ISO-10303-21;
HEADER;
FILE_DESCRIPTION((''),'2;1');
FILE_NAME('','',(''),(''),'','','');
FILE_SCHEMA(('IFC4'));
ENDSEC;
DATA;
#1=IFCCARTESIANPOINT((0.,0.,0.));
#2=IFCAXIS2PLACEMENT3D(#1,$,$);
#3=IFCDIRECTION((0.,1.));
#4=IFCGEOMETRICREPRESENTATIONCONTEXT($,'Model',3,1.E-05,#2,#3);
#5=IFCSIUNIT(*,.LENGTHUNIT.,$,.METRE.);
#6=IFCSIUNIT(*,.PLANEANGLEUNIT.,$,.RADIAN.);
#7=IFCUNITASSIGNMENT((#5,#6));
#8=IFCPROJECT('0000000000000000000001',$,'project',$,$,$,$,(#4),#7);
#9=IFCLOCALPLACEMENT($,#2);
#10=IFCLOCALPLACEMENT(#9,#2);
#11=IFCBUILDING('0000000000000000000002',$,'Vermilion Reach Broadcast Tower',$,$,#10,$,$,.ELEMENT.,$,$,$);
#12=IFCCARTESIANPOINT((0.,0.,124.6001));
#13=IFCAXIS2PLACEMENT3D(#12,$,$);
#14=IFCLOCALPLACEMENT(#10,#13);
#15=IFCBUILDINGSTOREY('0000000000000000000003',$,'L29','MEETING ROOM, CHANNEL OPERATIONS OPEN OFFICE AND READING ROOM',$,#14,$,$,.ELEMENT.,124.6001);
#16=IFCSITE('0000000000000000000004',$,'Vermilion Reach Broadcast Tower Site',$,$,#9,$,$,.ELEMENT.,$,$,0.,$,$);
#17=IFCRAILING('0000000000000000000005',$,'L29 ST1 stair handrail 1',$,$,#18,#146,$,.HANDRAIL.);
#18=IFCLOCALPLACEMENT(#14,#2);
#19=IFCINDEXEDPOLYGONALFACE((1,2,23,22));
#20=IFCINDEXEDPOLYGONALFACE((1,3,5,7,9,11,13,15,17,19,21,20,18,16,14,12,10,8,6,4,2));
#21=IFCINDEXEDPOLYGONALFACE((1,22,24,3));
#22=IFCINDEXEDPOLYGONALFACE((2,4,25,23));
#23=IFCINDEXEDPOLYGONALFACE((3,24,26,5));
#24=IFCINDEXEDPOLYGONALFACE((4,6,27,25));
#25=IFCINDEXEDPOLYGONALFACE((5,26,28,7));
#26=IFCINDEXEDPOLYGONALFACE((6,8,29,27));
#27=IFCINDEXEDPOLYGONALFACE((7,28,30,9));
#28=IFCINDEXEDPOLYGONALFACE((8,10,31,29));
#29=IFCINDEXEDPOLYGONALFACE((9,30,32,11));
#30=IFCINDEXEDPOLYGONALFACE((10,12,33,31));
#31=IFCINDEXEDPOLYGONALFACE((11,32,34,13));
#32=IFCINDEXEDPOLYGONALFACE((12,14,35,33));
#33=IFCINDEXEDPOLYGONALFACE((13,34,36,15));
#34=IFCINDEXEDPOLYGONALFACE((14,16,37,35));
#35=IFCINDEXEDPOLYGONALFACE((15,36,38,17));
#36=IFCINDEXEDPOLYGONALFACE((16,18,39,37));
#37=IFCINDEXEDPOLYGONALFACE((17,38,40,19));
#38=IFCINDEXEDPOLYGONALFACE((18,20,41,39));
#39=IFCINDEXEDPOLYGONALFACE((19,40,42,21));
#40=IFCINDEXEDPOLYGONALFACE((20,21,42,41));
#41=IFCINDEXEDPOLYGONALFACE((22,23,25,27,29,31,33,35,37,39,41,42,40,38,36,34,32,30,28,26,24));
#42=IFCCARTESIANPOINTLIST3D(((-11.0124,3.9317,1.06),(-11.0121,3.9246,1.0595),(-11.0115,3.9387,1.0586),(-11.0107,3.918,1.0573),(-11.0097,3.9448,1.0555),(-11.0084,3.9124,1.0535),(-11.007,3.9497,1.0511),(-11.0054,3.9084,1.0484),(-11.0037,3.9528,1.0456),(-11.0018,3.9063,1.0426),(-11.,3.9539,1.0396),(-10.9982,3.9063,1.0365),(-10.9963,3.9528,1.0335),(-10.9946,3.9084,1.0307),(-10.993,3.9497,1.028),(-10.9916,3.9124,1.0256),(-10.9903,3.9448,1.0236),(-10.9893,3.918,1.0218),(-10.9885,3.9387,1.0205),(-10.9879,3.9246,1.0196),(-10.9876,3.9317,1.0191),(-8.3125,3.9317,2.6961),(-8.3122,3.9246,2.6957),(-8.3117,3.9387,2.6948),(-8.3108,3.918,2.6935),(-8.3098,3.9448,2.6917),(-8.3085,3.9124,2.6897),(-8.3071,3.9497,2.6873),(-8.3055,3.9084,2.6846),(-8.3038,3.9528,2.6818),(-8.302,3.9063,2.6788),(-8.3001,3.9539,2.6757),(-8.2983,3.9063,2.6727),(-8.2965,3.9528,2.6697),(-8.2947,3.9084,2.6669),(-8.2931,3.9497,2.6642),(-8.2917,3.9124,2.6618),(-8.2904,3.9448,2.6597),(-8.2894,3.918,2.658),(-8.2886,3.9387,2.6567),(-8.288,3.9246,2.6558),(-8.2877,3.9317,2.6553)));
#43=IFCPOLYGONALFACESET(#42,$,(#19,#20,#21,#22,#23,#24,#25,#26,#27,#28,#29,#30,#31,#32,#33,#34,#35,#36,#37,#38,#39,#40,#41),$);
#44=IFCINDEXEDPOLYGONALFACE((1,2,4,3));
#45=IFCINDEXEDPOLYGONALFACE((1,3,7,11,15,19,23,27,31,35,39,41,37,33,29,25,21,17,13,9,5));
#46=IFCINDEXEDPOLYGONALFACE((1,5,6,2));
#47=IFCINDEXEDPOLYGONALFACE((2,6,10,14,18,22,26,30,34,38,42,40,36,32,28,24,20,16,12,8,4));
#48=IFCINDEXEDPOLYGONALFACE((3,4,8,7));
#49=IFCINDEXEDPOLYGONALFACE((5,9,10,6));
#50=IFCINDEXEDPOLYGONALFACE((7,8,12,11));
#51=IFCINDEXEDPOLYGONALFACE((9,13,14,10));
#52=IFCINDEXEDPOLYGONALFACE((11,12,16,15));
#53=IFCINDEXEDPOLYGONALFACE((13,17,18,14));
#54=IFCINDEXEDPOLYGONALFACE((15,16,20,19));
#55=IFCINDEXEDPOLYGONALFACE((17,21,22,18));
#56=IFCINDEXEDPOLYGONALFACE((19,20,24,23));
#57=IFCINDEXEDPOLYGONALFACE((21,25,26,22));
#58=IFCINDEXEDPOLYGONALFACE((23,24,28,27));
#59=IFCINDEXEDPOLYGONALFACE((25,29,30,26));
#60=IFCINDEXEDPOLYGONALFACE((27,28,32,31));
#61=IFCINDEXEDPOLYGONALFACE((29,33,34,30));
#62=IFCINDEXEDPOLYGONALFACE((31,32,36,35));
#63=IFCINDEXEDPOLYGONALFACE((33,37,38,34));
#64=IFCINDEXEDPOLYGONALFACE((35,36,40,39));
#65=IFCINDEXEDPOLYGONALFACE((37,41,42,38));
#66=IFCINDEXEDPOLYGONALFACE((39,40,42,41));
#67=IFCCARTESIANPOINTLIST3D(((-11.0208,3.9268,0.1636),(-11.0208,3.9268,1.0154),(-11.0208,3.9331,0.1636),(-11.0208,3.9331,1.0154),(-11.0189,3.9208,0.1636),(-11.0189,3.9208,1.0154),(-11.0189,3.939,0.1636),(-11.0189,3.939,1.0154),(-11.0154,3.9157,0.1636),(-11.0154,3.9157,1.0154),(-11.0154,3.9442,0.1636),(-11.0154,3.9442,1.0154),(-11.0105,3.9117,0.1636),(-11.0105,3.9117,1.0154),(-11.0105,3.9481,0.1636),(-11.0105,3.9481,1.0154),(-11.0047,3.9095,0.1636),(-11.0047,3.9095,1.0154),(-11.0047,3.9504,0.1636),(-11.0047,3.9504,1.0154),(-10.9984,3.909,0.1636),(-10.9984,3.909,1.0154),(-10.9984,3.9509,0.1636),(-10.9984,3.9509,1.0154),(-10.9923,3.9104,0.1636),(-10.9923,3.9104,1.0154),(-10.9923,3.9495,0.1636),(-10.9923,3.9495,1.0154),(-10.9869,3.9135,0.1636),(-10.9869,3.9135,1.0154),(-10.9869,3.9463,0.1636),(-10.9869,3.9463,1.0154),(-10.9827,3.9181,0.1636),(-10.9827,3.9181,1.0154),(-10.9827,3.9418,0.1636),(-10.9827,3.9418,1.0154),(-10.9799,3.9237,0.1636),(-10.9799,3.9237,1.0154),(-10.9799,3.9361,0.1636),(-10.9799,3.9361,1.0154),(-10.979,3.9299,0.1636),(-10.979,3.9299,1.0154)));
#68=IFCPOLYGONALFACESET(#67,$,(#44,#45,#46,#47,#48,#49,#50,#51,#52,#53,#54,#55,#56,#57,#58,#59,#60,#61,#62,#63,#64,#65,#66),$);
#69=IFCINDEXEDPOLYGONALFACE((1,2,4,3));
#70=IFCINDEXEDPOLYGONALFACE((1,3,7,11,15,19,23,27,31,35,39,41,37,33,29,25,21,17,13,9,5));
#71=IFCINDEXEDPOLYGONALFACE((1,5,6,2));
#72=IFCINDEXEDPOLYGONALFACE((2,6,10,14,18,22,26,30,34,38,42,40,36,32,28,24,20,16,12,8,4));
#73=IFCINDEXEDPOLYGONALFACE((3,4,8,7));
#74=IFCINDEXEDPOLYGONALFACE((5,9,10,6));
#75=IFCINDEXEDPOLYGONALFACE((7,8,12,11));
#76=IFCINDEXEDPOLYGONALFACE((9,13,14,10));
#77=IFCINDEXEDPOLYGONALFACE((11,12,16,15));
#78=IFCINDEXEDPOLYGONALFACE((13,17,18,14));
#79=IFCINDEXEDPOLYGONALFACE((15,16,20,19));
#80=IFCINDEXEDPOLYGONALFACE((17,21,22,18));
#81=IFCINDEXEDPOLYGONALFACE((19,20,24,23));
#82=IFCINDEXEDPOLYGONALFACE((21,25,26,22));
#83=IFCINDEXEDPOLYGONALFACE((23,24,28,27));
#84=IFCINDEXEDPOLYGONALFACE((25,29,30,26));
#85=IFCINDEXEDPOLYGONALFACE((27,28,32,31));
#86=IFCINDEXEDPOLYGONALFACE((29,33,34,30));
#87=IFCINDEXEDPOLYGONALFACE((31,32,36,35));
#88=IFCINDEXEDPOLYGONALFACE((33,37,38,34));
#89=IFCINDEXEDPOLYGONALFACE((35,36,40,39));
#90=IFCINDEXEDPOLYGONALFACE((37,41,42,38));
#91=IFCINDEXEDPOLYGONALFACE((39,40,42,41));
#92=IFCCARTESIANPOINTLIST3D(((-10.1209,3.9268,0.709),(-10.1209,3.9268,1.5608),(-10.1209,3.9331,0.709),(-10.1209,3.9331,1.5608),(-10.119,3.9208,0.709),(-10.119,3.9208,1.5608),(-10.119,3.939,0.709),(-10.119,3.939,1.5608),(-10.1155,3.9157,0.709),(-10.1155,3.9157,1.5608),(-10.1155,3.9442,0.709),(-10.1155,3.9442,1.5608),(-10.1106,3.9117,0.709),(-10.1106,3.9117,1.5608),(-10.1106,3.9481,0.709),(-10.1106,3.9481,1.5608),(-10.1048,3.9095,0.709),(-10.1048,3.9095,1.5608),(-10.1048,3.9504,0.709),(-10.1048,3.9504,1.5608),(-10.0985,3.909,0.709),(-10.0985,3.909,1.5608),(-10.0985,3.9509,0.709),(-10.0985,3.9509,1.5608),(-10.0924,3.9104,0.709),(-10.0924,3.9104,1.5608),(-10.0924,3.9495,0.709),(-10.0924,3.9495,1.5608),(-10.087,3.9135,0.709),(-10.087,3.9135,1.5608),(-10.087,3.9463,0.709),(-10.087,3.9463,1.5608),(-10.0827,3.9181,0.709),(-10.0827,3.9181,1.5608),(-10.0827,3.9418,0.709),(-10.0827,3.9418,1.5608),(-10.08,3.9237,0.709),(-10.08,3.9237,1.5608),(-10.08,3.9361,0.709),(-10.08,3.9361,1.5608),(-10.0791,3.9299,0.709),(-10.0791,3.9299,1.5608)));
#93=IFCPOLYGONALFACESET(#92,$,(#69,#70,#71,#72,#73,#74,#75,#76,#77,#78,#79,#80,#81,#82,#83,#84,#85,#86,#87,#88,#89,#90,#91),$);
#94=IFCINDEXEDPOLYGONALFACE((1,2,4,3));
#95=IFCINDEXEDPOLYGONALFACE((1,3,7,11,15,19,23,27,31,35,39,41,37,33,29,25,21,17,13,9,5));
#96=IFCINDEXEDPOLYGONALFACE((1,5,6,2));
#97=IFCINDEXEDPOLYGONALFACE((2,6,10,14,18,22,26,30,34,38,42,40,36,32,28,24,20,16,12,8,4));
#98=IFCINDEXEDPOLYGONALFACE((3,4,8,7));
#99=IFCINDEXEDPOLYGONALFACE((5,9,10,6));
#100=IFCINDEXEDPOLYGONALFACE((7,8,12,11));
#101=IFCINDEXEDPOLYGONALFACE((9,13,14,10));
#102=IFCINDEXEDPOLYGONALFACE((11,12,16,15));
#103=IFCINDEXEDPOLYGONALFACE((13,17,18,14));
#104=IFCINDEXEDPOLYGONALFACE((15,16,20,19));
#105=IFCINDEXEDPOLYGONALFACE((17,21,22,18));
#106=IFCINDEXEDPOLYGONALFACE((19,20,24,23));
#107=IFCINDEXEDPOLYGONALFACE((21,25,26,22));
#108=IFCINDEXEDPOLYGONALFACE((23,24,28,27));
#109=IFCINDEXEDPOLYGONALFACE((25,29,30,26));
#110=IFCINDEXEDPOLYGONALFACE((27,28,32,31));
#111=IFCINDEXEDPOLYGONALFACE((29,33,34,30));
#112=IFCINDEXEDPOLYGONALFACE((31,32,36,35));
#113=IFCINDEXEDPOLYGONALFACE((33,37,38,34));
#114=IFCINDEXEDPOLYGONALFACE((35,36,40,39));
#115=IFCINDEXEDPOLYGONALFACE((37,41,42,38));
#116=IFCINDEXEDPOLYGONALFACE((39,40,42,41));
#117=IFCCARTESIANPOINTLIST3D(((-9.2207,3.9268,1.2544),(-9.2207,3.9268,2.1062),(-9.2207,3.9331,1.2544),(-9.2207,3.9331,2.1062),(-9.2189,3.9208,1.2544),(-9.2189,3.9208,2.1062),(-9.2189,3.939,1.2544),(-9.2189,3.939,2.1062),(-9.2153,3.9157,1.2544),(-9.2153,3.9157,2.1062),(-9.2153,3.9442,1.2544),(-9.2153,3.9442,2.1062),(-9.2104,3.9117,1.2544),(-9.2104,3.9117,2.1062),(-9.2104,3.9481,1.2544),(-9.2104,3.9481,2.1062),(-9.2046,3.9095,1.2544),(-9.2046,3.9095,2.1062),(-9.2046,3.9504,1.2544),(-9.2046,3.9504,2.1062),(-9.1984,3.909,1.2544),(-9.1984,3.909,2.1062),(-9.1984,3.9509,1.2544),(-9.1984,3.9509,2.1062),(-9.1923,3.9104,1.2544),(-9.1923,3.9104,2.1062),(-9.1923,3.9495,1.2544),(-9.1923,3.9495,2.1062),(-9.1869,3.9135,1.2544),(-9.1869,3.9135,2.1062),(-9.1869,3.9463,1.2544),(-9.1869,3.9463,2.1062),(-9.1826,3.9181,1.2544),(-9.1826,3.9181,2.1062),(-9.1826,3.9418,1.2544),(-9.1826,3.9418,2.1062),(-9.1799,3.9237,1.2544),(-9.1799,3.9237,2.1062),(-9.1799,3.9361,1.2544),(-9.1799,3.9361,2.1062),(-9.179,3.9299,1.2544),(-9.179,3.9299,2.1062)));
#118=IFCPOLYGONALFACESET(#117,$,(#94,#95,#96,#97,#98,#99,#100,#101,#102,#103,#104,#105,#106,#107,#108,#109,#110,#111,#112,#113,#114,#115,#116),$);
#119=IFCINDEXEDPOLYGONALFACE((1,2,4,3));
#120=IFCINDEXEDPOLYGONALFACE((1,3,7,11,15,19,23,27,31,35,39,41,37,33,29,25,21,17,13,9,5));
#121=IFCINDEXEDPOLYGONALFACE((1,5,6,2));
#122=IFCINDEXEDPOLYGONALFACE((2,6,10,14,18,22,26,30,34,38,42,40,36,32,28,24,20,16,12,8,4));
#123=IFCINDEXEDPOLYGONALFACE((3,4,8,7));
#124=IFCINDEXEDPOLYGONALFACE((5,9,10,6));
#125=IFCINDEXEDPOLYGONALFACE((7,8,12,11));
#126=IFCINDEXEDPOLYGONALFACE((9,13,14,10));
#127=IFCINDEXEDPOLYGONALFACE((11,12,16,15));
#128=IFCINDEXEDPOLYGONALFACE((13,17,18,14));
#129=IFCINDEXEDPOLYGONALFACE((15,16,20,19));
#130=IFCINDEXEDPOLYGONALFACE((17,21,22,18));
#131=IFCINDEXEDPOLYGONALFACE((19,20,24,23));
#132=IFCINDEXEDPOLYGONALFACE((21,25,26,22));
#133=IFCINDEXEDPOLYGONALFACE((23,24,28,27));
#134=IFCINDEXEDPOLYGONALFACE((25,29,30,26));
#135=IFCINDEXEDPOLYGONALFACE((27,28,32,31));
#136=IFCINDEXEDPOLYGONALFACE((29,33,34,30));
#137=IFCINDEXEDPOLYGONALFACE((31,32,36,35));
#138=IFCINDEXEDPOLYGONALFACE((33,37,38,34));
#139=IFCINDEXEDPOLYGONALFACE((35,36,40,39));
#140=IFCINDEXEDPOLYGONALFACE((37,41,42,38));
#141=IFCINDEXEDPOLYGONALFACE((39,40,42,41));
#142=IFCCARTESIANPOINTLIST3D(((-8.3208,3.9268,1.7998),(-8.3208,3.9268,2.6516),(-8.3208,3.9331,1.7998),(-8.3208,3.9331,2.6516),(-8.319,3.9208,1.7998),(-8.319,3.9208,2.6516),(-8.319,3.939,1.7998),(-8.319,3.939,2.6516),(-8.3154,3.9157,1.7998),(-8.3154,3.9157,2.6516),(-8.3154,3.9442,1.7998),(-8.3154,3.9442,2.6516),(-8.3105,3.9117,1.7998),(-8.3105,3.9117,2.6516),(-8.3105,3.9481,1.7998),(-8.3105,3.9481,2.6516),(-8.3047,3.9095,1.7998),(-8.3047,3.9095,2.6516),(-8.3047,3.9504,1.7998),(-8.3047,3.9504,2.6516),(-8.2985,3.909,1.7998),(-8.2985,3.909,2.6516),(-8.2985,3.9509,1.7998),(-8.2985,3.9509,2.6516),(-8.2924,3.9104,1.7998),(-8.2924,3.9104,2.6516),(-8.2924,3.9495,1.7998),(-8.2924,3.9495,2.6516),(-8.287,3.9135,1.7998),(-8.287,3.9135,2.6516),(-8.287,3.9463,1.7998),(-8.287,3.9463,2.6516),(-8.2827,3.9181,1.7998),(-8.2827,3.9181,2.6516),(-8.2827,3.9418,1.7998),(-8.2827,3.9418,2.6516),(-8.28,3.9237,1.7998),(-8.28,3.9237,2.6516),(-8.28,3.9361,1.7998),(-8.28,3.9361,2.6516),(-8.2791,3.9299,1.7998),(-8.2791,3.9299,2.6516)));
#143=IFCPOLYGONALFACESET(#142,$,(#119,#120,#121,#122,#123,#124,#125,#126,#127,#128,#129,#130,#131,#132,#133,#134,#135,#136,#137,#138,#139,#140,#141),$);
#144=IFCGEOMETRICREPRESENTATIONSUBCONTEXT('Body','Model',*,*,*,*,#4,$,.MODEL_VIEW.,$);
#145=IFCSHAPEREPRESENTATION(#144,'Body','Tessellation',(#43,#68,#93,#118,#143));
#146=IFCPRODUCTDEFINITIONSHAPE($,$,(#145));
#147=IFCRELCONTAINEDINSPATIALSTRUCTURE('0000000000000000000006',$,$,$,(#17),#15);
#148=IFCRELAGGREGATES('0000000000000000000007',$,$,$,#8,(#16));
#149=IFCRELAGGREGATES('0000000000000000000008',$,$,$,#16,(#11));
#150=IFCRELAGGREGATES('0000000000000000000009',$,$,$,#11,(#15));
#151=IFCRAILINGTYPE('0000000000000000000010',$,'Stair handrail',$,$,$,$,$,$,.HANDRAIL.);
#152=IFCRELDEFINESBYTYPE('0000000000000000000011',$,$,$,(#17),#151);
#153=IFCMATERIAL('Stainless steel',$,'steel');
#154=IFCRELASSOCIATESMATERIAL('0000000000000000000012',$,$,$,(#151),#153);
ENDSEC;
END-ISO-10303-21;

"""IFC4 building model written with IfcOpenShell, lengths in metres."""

from ifc_helpers import new_model, si_unit, direction, frame, origin, origin_2d, place, context, subcontext, project, spatial, circle, extrude, material, type_object, element, save


model = new_model("IFC4")

# Units and contexts
model_context = context("Model", 3, precision=1e-05, world=origin(), true_north=direction((0.0, 1.0)))
body_context = subcontext(model_context, "Body", "Model", "MODEL_VIEW")
ifc_project = project(units=[si_unit("LENGTHUNIT", "METRE"), si_unit("PLANEANGLEUNIT", "RADIAN")], contexts=[model_context])

# Site, building, storey
site_placement = place(None, origin())
site = spatial("IfcSite", under=ifc_project, at=site_placement, Name="Vermilion Reach Broadcast Tower Site", CompositionType="ELEMENT", RefElevation=0.0)
building_placement = place(site_placement, origin())
building = spatial("IfcBuilding", under=site, at=building_placement, Name="Vermilion Reach Broadcast Tower", CompositionType="ELEMENT")
storey_placement = place(building_placement, frame((0.0, 0.0, 124.6001)))
storey = spatial("IfcBuildingStorey", under=building, at=storey_placement, Name="L29", Description="MEETING ROOM, CHANNEL OPERATIONS OPEN OFFICE AND READING ROOM", CompositionType="ELEMENT", Elevation=124.6001)

# Railing
ifc_material_1 = material(Name="Stainless steel", Category="steel")
railing_type_1 = type_object("IfcRailingType", Name="Stair handrail", PredefinedType="HANDRAIL", material=ifc_material_1)
railing_1_placement = place(storey_placement, frame((-11.0, 3.9299, 0.1636)))
element("IfcRailing", 1, at=railing_1_placement, inside=storey, type_object=railing_type_1, Name="L29 ST1 stair handrail 1", PredefinedType="HANDRAIL", context=body_context, shape_type="SweptSolid", body=[
    extrude(circle(Radius=0.0239, at=origin_2d()), frame((0.0, 0.0, 0.876), z_axis=(0.855212, 0.0, 0.518278), x_axis=(0.0, 1.0, 0.0)), (0.0, 0.0, 1.0), 3.157),
    extrude(circle(Radius=0.021, at=origin_2d()), origin(), (0.0, 0.0, 1.0), 0.8518),
    extrude(circle(Radius=0.021, at=origin_2d()), frame((0.8999, 0.0, 0.5454)), (0.0, 0.0, 1.0), 0.8518),
    extrude(circle(Radius=0.021, at=origin_2d()), frame((1.8, 0.0, 1.0908)), (0.0, 0.0, 1.0), 0.8518),
    extrude(circle(Radius=0.021, at=origin_2d()), frame((2.7, 0.0, 1.6362)), (0.0, 0.0, 1.0), 0.8518),
])

save(model, "model.ifc")
